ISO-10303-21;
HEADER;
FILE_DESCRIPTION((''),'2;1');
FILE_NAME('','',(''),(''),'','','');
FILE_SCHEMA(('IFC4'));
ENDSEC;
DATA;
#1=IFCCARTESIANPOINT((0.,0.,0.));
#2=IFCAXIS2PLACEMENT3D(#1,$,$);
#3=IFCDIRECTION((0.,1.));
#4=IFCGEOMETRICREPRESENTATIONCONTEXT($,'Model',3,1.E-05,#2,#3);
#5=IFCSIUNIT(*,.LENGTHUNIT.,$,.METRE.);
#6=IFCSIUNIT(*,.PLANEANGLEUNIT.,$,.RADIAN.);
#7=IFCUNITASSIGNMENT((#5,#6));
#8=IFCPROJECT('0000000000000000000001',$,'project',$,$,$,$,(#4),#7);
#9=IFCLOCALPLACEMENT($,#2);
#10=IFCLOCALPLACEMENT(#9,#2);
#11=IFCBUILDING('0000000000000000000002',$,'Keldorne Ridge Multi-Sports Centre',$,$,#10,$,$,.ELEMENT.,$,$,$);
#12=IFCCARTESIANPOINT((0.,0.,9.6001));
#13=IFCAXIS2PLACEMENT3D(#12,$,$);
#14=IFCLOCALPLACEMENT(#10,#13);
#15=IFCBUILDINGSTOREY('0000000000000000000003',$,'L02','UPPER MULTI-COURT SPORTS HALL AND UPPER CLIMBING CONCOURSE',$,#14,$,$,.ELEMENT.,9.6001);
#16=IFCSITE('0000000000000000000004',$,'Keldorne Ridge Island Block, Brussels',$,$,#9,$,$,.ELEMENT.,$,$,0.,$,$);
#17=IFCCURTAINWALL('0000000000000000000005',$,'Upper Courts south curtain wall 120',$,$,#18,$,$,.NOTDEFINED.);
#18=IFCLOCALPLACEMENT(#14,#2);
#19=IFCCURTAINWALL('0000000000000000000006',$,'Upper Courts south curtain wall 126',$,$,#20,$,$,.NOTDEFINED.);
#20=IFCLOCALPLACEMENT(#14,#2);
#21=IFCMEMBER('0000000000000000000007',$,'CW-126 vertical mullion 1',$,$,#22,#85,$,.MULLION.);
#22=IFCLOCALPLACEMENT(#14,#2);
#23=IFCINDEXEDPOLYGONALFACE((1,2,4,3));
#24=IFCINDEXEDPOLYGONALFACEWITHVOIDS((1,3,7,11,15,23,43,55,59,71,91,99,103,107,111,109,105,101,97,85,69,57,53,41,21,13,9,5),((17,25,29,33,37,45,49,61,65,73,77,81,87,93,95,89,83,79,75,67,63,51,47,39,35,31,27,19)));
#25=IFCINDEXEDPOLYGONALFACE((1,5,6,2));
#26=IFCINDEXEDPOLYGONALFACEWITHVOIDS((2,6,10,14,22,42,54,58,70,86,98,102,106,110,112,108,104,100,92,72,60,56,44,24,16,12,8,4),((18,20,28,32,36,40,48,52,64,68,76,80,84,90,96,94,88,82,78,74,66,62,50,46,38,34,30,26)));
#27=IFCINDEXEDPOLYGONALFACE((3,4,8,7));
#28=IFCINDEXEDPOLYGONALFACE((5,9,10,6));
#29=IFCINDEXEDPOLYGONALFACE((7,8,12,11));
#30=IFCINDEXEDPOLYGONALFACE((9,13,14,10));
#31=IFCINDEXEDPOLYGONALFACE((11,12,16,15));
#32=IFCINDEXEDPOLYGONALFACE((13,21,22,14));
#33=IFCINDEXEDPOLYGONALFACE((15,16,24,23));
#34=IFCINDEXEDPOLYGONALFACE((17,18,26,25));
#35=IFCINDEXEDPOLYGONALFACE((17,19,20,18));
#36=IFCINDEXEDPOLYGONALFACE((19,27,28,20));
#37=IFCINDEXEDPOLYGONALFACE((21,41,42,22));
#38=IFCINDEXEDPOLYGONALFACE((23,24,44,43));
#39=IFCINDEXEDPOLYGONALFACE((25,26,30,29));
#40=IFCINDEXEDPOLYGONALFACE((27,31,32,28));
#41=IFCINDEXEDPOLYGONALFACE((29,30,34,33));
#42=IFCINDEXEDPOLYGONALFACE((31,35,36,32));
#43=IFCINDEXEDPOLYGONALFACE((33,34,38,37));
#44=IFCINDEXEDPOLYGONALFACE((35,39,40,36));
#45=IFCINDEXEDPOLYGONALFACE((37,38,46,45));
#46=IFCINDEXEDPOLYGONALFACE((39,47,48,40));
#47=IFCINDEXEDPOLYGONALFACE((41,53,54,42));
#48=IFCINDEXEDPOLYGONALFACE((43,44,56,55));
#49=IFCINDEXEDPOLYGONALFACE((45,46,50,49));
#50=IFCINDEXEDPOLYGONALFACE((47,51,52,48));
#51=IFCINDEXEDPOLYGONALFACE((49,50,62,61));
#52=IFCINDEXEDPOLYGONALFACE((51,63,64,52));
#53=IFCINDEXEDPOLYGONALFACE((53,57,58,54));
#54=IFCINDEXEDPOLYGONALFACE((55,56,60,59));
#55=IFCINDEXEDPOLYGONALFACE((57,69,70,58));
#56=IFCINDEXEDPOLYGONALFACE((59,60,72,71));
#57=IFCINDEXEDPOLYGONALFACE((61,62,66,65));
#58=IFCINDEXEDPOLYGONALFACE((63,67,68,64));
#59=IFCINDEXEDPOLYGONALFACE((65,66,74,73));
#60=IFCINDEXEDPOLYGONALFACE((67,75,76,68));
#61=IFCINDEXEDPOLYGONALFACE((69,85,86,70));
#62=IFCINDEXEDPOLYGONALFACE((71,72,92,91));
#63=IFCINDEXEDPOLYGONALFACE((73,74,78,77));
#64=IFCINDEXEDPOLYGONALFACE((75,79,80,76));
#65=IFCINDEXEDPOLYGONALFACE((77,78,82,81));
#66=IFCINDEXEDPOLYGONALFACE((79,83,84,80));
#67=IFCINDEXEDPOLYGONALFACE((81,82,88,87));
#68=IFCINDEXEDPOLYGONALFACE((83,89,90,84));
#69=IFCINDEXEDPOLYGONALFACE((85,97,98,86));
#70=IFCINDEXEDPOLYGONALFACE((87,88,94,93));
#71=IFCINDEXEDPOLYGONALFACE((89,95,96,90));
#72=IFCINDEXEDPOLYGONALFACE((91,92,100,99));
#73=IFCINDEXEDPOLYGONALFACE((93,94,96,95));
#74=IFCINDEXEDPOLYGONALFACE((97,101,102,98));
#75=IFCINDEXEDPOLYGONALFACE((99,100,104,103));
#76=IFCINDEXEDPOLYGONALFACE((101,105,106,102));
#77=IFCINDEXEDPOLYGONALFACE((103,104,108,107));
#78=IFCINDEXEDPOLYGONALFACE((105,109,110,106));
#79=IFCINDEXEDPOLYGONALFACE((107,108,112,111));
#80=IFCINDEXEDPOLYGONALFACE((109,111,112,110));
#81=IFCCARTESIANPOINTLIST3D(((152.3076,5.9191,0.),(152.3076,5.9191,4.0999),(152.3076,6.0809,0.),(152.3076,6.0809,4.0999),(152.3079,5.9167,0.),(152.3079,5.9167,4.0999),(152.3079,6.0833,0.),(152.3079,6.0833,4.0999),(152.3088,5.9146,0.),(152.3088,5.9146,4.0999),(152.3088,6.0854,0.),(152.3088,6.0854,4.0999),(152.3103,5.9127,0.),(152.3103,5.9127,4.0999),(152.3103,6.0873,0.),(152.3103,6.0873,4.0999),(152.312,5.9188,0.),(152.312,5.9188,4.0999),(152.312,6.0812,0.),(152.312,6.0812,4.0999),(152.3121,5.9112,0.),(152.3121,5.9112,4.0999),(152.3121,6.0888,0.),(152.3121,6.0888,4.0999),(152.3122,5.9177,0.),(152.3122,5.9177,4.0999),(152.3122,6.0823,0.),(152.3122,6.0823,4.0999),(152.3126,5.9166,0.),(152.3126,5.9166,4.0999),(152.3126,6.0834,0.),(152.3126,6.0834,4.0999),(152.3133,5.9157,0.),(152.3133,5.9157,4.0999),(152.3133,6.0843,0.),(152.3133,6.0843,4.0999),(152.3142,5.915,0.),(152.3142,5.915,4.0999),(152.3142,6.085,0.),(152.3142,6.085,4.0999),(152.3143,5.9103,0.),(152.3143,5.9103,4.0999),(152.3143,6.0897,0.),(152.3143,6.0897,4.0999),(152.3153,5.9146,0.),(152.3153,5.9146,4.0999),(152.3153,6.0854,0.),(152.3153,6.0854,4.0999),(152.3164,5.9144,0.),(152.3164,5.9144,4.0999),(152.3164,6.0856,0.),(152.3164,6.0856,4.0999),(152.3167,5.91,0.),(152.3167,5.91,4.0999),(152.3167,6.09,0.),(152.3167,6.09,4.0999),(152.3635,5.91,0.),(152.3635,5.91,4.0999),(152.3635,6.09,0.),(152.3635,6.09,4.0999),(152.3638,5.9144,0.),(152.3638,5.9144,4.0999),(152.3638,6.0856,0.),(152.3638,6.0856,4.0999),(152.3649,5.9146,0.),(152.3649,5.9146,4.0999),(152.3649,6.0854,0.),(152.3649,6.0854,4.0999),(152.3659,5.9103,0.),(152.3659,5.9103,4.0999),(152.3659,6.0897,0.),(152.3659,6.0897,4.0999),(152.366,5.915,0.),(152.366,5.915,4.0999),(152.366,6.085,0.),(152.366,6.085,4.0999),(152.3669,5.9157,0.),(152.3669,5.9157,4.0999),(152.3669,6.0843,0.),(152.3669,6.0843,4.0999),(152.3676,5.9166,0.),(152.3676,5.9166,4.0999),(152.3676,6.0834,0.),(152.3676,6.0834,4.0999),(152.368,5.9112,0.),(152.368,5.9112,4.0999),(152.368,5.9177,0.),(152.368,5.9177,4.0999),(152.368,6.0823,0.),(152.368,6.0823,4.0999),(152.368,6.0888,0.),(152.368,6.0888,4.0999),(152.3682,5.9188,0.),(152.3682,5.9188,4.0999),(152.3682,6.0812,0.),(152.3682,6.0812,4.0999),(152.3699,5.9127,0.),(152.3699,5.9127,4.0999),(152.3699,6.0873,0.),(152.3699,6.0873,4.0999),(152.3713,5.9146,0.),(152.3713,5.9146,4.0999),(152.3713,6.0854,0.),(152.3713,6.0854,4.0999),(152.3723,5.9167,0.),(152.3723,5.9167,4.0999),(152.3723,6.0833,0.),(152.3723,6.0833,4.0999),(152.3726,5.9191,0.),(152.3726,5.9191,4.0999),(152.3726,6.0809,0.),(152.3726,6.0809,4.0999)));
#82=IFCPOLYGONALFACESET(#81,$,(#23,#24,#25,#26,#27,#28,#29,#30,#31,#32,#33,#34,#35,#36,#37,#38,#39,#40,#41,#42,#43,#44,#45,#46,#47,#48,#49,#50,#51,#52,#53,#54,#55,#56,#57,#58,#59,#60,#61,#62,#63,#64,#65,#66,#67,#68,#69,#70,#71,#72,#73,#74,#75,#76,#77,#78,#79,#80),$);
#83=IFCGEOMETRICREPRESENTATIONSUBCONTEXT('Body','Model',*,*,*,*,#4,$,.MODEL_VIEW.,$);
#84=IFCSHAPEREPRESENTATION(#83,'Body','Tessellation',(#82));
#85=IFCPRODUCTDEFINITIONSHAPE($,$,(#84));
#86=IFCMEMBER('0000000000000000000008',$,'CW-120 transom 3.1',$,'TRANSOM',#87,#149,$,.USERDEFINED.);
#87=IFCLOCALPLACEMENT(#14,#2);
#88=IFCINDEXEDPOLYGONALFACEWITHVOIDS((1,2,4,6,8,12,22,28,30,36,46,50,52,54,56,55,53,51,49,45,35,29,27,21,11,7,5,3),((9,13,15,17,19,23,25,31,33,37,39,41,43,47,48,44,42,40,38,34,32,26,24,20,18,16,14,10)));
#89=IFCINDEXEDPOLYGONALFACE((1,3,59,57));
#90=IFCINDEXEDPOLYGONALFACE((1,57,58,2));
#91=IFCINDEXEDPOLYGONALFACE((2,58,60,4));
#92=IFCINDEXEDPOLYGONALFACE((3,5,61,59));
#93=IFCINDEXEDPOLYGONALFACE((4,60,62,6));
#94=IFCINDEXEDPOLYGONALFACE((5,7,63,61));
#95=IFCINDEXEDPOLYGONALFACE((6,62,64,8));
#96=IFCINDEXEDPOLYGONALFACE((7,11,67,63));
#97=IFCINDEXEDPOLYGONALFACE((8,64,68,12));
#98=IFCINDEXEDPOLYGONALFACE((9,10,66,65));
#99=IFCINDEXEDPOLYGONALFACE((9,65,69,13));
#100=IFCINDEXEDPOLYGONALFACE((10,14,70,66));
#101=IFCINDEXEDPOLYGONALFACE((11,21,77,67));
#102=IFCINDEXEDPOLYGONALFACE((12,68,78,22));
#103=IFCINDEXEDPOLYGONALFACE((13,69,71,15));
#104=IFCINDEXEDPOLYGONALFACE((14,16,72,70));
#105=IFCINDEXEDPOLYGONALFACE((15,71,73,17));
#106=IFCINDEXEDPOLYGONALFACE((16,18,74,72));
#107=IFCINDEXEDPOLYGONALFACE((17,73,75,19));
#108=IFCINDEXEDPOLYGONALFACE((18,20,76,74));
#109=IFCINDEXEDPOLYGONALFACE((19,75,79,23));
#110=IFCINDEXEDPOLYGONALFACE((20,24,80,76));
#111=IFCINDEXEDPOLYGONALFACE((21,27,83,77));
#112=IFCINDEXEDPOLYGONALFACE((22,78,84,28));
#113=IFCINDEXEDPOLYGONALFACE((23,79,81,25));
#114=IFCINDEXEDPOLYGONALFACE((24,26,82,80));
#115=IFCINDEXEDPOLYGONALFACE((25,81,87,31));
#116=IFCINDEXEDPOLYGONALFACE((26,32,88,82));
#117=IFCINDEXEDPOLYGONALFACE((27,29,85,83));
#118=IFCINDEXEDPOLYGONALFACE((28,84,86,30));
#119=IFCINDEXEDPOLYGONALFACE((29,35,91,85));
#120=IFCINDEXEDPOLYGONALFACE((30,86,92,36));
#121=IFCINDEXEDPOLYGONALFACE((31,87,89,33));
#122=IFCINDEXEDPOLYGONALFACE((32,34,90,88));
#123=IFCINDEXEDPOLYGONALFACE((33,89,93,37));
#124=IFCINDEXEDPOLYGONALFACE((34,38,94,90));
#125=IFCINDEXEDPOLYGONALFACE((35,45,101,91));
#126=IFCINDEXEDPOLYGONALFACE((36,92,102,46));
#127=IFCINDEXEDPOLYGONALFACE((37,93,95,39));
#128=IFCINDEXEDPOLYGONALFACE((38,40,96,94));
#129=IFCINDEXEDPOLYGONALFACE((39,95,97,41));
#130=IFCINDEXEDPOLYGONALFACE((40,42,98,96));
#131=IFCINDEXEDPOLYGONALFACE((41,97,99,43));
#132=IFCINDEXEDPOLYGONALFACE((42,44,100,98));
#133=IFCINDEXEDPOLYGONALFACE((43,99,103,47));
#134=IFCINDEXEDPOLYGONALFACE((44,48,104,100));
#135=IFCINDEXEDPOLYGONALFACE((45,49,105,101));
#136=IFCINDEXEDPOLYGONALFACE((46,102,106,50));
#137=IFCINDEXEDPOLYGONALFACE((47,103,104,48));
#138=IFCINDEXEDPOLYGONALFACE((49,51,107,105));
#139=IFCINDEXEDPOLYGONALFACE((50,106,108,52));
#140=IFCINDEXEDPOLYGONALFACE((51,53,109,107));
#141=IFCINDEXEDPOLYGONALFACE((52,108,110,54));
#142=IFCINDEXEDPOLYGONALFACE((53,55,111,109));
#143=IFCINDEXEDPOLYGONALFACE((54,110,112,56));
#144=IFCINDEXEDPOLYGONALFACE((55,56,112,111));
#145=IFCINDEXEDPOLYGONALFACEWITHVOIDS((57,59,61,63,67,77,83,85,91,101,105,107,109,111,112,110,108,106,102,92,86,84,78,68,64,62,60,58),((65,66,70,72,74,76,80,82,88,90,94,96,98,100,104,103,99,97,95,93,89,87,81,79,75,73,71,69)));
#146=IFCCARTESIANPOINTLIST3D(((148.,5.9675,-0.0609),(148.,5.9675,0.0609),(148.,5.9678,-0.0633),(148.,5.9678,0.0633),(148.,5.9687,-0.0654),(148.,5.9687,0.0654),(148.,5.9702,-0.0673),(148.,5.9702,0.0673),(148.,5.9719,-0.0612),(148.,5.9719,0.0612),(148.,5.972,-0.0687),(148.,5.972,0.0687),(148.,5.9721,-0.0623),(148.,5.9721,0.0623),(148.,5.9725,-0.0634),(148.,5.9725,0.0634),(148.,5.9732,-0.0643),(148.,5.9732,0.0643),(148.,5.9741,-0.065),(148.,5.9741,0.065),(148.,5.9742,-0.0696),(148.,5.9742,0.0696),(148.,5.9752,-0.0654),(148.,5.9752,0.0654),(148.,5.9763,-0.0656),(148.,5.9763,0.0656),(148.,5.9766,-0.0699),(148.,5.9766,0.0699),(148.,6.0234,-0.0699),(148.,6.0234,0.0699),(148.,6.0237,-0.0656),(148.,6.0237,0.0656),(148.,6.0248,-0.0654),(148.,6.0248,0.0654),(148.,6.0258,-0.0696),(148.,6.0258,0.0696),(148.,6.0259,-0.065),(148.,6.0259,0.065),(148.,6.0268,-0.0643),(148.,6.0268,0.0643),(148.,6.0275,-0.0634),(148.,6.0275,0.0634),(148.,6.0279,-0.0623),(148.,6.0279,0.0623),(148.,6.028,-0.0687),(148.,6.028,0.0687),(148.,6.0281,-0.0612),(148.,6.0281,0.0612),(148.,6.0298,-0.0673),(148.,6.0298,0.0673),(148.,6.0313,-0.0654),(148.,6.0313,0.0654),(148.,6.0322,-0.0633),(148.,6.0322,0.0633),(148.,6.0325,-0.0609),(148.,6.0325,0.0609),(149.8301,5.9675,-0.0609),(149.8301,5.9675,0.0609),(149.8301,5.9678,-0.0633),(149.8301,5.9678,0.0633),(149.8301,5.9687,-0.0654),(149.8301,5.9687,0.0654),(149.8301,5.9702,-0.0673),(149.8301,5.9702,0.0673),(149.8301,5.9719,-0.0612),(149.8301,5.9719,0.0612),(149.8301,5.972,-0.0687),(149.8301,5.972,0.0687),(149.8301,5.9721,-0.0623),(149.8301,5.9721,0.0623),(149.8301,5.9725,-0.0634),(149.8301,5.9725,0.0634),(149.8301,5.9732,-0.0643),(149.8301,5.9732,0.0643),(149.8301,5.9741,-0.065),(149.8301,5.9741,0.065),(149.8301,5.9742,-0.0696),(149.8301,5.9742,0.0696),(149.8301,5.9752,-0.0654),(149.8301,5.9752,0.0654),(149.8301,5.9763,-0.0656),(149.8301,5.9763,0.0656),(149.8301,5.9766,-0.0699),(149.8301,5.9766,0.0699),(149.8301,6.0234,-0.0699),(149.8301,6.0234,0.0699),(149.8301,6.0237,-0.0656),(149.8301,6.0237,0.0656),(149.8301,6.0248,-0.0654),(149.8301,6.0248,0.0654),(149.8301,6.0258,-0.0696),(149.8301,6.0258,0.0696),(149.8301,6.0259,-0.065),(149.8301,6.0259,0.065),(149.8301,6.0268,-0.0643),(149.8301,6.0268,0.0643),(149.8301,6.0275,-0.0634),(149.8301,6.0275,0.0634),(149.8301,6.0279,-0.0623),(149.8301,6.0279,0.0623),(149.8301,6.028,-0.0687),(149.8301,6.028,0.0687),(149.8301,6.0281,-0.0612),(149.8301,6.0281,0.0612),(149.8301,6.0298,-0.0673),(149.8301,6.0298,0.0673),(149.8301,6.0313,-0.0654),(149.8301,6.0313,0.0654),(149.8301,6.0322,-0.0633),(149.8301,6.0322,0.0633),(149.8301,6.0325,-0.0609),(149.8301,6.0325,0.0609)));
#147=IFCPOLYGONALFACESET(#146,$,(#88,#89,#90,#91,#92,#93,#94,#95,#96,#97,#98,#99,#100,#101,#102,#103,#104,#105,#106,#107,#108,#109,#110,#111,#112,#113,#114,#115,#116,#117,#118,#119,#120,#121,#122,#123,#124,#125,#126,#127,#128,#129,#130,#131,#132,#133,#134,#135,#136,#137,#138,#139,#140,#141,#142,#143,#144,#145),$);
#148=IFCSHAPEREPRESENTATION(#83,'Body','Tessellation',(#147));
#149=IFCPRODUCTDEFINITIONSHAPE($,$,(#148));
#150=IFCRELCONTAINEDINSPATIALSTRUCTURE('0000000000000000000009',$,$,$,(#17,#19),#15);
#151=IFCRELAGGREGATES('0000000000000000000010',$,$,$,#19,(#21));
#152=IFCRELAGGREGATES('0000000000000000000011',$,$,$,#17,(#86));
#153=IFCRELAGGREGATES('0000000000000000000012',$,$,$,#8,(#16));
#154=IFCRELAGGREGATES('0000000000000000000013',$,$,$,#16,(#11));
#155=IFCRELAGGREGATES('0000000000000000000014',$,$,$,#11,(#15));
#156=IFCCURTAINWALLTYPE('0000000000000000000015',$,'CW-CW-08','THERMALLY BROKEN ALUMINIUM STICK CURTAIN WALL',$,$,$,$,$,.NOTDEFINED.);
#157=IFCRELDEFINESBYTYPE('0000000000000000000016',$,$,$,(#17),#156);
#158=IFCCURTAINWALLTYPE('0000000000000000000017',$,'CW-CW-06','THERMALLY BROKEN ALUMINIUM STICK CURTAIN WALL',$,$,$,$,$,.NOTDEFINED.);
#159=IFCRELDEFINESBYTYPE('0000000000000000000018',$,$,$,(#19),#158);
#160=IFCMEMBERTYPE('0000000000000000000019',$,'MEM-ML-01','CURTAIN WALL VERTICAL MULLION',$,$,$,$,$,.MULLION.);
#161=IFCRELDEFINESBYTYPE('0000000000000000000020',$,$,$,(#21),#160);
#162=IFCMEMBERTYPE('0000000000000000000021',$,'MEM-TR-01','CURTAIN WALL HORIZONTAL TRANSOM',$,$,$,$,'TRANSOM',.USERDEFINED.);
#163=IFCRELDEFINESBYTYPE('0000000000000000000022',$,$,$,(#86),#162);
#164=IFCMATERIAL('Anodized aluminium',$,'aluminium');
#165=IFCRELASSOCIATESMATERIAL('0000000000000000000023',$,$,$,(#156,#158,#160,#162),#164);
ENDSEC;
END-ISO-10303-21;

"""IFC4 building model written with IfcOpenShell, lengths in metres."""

from ifc_helpers import new_model, si_unit, direction, frame, origin, origin_2d, place, context, subcontext, project, spatial, hollow_rectangle, extrude, material, material_profile, profile_set, type_object, element, aggregate, save


model = new_model("IFC4")

# Units and contexts
model_context = context("Model", 3, precision=1e-05, world=origin(), true_north=direction((0.0, 1.0)))
body_context = subcontext(model_context, "Body", "Model", "MODEL_VIEW")
ifc_project = project(units=[si_unit("LENGTHUNIT", "METRE"), si_unit("PLANEANGLEUNIT", "RADIAN")], contexts=[model_context])

# Site, building, storey
site_placement = place(None, origin())
site = spatial("IfcSite", under=ifc_project, at=site_placement, Name="Keldorne Ridge Island Block, Brussels", CompositionType="ELEMENT", RefElevation=0.0)
building_placement = place(site_placement, origin())
building = spatial("IfcBuilding", under=site, at=building_placement, Name="Keldorne Ridge Multi-Sports Centre", CompositionType="ELEMENT")
storey_placement = place(building_placement, frame((0.0, 0.0, 9.6001)))
storey = spatial("IfcBuildingStorey", under=building, at=storey_placement, Name="L02", Description="UPPER MULTI-COURT SPORTS HALL AND UPPER CLIMBING CONCOURSE", CompositionType="ELEMENT", Elevation=9.6001)

# Curtain wall
ifc_material_1 = material(Name="Anodized aluminium", Category="aluminium")
curtain_wall_type_1 = type_object("IfcCurtainWallType", Name="CW-CW-08", Description="THERMALLY BROKEN ALUMINIUM STICK CURTAIN WALL", PredefinedType="NOTDEFINED", material=ifc_material_1)
curtain_wall_1_placement = place(storey_placement, origin())
curtain_wall_1 = element("IfcCurtainWall", 1, at=curtain_wall_1_placement, inside=storey, type_object=curtain_wall_type_1, Name="Upper Courts south curtain wall 120", PredefinedType="NOTDEFINED")
ifc_material_profile_1 = material_profile(ifc_material_1, hollow_rectangle(XDim=0.0649, YDim=0.1799, WallThickness=0.0044, InnerFilletRadius=0.0044, OuterFilletRadius=0.009, at=origin_2d()), Name="ALU MULLION 180x65x4.5")
ifc_profile_set_1 = profile_set([ifc_material_profile_1], Name="Anodized aluminium")
member_type_1 = type_object("IfcMemberType", Name="MEM-ML-01", Description="CURTAIN WALL VERTICAL MULLION", PredefinedType="MULLION", material=ifc_profile_set_1)

# Curtain wall, member
curtain_wall_type_2 = type_object("IfcCurtainWallType", Name="CW-CW-06", Description="THERMALLY BROKEN ALUMINIUM STICK CURTAIN WALL", PredefinedType="NOTDEFINED", material=ifc_material_1)
curtain_wall_2_placement = place(storey_placement, origin())
curtain_wall_2 = element("IfcCurtainWall", 2, at=curtain_wall_2_placement, inside=storey, type_object=curtain_wall_type_2, Name="Upper Courts south curtain wall 126", PredefinedType="NOTDEFINED")
member_1_placement = place(storey_placement, frame((152.3401, 6.0, 0.0), z_axis=(0.0, 0.0, 1.0), x_axis=(1.0, 0.0, 0.0)))
member_1 = element("IfcMember", 3, at=member_1_placement, type_object=member_type_1, Name="CW-126 vertical mullion 1", PredefinedType="MULLION", context=body_context, shape_type="SweptSolid", body=[
    extrude(hollow_rectangle(XDim=0.0649, YDim=0.1799, WallThickness=0.0044, InnerFilletRadius=0.0044, OuterFilletRadius=0.009, at=origin_2d()), origin(), (0.0, 0.0, 1.0), 4.0999),
])

# Member
ifc_material_profile_2 = material_profile(ifc_material_1, hollow_rectangle(XDim=0.0649, YDim=0.1399, WallThickness=0.0044, InnerFilletRadius=0.0044, OuterFilletRadius=0.009, at=origin_2d()), Name="ALU TRANSOM 140x65x4.5")
ifc_profile_set_2 = profile_set([ifc_material_profile_2], Name="Anodized aluminium")
member_type_2 = type_object("IfcMemberType", Name="MEM-TR-01", Description="CURTAIN WALL HORIZONTAL TRANSOM", ElementType="TRANSOM", PredefinedType="USERDEFINED", material=ifc_profile_set_2)
member_2_placement = place(storey_placement, frame((148.0, 6.0, 0.0), z_axis=(1.0, 0.0, 0.0), x_axis=(0.0, 1.0, 0.0)))
member_2 = element("IfcMember", 4, at=member_2_placement, type_object=member_type_2, Name="CW-120 transom 3.1", ObjectType="TRANSOM", PredefinedType="USERDEFINED", context=body_context, shape_type="SweptSolid", body=[
    extrude(hollow_rectangle(XDim=0.0649, YDim=0.1399, WallThickness=0.0044, InnerFilletRadius=0.0044, OuterFilletRadius=0.009, at=origin_2d()), origin(), (0.0, 0.0, 1.0), 1.8301),
])
aggregate(curtain_wall_2, [member_1])

aggregate(curtain_wall_1, [member_2])

save(model, "model.ifc")
